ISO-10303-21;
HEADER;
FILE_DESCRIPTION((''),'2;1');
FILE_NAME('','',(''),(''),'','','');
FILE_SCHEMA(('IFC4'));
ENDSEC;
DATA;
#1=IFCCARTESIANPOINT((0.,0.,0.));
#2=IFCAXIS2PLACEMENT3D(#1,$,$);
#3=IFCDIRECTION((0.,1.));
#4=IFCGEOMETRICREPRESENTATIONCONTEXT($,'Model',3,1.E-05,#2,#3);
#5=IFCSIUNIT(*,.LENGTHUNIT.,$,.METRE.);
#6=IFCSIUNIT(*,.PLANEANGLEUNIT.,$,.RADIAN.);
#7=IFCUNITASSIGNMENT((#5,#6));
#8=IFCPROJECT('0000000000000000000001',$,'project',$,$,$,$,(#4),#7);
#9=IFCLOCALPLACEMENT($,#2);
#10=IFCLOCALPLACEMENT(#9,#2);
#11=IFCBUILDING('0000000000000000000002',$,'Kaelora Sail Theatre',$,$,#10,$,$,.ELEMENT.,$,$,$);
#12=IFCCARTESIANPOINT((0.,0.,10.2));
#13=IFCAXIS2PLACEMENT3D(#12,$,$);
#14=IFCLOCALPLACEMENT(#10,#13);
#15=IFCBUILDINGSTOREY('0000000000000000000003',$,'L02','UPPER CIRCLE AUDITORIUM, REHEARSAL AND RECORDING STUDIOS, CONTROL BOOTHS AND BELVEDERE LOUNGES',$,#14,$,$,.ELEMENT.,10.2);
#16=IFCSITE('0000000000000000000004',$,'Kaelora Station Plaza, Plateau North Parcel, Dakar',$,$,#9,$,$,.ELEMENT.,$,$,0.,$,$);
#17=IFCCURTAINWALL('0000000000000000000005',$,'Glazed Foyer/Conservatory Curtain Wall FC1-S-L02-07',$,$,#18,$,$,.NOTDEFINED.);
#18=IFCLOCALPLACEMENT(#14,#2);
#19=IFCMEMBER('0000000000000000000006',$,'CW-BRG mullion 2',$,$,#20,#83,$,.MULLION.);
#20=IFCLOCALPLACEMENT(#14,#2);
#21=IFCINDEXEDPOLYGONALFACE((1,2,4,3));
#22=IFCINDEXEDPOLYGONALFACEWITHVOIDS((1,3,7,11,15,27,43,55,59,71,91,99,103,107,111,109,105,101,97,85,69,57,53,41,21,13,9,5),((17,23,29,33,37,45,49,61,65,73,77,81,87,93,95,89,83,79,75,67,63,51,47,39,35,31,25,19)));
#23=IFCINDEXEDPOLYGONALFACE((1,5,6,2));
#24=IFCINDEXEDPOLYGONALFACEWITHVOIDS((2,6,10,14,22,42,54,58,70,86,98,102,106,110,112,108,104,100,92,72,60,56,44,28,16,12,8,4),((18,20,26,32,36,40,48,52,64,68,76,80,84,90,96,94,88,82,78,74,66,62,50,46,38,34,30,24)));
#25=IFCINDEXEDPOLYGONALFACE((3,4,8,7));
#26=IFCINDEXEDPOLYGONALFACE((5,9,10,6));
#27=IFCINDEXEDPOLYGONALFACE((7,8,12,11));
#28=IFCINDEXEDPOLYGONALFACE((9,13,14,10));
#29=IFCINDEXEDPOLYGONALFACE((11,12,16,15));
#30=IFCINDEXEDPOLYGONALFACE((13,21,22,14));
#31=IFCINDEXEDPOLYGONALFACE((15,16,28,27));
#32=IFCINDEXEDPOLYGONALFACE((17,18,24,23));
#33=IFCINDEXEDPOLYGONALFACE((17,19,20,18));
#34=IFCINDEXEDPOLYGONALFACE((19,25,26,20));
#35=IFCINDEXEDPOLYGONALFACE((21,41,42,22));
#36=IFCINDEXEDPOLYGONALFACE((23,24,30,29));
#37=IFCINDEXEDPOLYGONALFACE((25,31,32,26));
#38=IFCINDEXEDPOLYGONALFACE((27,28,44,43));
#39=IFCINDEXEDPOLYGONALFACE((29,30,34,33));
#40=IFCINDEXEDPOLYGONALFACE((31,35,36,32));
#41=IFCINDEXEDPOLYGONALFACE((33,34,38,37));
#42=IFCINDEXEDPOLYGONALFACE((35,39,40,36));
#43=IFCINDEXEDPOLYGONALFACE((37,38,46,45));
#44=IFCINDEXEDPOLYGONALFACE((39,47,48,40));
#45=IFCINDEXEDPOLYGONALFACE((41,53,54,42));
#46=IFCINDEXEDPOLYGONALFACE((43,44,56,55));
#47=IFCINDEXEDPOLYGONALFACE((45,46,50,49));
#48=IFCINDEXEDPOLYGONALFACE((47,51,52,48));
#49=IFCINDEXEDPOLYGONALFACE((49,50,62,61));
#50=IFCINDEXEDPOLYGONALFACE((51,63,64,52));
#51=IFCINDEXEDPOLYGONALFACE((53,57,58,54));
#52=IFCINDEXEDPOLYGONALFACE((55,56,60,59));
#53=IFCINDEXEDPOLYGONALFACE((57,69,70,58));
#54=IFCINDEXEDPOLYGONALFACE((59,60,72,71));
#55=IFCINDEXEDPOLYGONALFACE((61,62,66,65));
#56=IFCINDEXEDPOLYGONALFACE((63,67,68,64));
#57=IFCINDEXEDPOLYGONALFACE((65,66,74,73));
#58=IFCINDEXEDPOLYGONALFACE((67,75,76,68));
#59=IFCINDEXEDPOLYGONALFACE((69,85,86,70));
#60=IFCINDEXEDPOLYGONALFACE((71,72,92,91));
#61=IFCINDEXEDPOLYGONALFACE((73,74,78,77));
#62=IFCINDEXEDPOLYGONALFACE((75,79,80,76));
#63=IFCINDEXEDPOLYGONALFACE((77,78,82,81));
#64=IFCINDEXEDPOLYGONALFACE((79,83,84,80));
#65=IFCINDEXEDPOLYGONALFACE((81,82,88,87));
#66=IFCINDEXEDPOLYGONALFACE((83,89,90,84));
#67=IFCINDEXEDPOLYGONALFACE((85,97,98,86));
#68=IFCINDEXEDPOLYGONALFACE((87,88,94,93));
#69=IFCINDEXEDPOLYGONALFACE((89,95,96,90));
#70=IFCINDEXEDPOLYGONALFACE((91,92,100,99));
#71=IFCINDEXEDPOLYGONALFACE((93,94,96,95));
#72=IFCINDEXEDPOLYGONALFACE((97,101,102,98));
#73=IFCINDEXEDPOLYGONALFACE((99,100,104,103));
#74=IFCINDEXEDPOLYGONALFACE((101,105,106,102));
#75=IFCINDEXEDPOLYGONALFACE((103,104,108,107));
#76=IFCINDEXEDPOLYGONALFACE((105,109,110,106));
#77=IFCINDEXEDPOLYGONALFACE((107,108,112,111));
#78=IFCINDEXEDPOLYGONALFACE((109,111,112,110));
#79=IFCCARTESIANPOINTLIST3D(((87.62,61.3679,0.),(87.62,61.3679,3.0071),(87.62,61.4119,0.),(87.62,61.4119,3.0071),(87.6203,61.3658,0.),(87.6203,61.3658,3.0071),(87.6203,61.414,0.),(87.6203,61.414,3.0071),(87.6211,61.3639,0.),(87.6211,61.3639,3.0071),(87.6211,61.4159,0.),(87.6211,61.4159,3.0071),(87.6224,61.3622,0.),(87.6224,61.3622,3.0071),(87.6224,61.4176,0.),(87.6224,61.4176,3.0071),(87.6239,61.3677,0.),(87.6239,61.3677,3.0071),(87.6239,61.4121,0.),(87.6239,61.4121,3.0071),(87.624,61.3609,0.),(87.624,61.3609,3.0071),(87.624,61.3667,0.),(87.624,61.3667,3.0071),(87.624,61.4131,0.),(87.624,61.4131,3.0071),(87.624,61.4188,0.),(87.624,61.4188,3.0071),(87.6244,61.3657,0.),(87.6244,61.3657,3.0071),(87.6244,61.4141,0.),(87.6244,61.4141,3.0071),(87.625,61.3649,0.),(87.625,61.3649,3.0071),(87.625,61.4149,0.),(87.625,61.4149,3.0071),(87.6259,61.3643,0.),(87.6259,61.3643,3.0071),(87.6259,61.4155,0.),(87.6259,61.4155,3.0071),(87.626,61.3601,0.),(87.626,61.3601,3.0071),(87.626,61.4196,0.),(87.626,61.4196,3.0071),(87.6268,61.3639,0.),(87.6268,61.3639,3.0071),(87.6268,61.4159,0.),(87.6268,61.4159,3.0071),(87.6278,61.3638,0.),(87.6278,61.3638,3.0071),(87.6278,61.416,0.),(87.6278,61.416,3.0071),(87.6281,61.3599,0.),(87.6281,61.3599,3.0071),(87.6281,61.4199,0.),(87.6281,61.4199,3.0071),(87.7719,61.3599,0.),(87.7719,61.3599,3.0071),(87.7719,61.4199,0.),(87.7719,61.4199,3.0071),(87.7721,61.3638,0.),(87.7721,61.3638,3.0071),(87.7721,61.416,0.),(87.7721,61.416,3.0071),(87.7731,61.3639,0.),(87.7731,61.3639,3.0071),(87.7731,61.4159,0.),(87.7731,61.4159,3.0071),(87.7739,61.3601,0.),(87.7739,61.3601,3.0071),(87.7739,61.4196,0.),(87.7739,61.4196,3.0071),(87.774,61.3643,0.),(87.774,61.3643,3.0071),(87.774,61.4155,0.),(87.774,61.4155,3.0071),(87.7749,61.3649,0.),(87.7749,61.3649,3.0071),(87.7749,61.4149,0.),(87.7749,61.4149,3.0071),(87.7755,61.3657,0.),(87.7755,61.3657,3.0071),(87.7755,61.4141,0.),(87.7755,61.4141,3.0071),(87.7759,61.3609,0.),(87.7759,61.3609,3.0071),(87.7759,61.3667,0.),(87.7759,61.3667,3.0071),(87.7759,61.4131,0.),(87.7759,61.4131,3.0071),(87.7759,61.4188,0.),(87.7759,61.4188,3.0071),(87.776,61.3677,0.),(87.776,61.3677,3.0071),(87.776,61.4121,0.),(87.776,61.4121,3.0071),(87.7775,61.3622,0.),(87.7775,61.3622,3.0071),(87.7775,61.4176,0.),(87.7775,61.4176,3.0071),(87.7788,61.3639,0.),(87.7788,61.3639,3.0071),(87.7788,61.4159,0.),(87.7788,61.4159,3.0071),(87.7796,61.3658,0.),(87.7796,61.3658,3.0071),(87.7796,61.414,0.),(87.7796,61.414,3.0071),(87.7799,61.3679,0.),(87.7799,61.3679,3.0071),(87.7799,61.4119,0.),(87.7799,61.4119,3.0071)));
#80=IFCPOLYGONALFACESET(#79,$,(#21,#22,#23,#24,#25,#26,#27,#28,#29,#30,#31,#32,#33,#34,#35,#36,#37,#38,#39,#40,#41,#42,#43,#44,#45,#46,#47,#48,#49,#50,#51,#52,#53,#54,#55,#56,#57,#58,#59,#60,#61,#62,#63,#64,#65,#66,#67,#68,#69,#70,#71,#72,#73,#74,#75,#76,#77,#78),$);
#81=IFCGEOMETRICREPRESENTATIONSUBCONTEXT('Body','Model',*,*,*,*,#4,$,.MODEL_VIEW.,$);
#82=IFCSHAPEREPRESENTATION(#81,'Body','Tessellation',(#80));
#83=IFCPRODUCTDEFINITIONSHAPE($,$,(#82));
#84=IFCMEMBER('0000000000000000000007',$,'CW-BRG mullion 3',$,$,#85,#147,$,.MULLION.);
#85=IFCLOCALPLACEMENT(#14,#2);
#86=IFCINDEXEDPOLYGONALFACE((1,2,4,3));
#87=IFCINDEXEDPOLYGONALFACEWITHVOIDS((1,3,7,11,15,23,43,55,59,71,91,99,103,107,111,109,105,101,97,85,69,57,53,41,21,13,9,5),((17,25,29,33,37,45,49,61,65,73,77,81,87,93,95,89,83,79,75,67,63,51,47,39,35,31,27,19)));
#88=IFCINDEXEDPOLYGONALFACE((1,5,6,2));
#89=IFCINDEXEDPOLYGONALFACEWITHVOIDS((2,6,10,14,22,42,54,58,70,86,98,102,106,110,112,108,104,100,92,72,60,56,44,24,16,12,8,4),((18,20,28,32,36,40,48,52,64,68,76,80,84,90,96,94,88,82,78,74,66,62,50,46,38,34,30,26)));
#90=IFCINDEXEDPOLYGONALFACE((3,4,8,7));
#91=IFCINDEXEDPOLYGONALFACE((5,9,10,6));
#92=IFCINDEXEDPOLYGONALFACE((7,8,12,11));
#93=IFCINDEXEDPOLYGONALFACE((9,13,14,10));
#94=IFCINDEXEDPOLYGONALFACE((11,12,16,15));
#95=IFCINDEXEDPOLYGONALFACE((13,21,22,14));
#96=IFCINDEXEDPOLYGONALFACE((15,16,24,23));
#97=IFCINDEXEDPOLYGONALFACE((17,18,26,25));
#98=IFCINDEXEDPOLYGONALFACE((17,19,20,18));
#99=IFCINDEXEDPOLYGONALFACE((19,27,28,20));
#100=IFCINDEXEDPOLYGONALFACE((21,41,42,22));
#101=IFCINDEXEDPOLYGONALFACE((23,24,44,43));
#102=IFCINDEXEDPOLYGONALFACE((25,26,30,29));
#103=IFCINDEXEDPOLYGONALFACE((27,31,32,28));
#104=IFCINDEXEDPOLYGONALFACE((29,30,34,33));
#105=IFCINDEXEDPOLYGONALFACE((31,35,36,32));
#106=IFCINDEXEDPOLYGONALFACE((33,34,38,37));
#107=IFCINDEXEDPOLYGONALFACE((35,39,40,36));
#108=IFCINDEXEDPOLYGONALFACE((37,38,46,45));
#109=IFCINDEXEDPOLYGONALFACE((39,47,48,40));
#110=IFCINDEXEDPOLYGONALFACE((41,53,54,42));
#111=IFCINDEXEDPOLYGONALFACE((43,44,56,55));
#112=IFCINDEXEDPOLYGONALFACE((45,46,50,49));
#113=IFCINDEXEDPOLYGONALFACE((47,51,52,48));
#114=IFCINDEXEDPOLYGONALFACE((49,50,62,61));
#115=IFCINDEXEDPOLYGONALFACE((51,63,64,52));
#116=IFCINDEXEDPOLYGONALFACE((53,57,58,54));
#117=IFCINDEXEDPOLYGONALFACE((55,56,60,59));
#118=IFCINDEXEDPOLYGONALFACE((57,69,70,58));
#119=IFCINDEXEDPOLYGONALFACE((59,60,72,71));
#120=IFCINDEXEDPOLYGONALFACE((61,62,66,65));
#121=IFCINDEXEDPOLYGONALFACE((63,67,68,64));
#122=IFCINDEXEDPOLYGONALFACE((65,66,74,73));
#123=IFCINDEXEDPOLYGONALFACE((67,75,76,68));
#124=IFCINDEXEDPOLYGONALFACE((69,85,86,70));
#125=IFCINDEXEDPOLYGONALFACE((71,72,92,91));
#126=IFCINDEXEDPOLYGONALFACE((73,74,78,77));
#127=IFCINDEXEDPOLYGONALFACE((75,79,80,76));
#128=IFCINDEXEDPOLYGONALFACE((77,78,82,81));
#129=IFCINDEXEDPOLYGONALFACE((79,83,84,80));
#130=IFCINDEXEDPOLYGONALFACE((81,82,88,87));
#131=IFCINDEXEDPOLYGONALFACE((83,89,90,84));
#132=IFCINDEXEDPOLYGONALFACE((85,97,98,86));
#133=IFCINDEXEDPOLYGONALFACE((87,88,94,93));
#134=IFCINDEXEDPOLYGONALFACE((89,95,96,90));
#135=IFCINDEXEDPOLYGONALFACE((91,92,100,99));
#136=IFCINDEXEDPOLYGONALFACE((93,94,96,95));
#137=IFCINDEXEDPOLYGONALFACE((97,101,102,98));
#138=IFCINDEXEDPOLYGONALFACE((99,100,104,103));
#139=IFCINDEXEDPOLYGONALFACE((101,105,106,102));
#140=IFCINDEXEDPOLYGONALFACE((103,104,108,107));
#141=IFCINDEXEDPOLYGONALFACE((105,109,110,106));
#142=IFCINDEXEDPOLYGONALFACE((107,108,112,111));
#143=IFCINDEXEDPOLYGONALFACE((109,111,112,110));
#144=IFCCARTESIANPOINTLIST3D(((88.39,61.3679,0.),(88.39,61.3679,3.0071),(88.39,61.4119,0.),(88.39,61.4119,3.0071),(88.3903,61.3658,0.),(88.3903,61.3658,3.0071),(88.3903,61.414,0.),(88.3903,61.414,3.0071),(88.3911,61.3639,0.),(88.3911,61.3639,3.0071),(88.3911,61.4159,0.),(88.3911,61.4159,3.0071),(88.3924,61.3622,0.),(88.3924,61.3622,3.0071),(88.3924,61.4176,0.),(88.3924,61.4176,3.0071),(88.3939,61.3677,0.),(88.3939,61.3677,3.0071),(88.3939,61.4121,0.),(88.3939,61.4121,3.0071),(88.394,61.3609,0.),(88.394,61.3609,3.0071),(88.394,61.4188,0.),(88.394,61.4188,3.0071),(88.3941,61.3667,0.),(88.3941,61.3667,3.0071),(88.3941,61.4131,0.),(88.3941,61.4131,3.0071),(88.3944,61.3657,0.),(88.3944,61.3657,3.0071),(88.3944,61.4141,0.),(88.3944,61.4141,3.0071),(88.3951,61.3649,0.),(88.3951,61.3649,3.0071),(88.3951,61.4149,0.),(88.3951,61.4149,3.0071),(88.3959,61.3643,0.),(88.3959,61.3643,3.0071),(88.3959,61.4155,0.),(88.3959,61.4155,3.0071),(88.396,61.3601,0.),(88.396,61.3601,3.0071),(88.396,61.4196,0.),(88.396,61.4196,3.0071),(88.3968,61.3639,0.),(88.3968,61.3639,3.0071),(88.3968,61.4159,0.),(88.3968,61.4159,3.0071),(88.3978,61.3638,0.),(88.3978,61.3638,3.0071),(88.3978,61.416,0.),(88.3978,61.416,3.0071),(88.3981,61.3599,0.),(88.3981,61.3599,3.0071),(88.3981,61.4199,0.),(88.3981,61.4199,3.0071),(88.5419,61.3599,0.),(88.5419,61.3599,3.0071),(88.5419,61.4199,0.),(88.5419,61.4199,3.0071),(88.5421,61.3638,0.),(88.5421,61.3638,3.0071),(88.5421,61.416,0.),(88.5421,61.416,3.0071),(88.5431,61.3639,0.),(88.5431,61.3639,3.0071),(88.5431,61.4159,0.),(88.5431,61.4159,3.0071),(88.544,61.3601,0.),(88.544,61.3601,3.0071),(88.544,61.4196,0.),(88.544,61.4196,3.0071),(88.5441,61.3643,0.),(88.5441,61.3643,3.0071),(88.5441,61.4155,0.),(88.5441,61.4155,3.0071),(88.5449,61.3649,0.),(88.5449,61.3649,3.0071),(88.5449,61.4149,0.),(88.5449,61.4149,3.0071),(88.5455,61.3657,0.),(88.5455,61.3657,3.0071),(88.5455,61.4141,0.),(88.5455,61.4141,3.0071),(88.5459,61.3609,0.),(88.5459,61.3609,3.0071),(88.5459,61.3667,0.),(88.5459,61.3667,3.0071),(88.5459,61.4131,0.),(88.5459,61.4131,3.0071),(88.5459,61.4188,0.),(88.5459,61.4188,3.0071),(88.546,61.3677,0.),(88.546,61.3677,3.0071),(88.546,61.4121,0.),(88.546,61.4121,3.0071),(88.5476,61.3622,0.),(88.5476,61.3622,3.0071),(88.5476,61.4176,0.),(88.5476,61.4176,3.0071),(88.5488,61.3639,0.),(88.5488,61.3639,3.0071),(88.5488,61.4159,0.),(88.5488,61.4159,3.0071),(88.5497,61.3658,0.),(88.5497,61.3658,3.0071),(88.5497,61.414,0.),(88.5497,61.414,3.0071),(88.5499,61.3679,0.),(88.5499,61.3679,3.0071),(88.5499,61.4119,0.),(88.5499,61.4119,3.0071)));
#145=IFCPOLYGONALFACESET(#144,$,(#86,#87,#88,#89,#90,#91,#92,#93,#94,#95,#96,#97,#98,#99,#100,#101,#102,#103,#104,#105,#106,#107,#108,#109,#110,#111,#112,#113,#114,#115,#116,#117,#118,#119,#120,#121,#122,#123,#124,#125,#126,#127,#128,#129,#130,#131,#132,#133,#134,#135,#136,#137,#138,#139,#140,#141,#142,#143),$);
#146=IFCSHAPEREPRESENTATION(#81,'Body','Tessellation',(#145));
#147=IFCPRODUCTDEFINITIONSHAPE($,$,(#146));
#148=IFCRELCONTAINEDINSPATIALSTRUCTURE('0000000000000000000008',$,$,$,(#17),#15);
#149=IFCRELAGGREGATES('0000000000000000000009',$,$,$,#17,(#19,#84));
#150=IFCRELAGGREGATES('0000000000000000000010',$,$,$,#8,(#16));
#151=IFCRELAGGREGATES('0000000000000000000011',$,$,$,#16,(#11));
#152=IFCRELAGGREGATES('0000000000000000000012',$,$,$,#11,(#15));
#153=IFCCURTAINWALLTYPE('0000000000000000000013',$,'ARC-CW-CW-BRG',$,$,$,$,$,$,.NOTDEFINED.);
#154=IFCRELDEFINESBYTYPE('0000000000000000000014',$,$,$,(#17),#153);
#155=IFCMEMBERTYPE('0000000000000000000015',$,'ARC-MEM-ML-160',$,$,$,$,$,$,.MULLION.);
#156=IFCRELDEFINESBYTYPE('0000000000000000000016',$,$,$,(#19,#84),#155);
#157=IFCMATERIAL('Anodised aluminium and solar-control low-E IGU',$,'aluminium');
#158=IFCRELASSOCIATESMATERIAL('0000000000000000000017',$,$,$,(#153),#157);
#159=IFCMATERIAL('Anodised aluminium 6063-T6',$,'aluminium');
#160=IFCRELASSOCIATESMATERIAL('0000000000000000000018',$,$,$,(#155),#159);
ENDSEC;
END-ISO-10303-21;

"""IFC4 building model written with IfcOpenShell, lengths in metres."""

from ifc_helpers import new_model, si_unit, direction, frame, origin, origin_2d, place, context, subcontext, project, spatial, hollow_rectangle, extrude, material, material_profile, profile_set, type_object, element, aggregate, save


model = new_model("IFC4")

# Units and contexts
model_context = context("Model", 3, precision=1e-05, world=origin(), true_north=direction((0.0, 1.0)))
body_context = subcontext(model_context, "Body", "Model", "MODEL_VIEW")
ifc_project = project(units=[si_unit("LENGTHUNIT", "METRE"), si_unit("PLANEANGLEUNIT", "RADIAN")], contexts=[model_context])

# Site, building, storey
site_placement = place(None, origin())
site = spatial("IfcSite", under=ifc_project, at=site_placement, Name="Kaelora Station Plaza, Plateau North Parcel, Dakar", CompositionType="ELEMENT", RefElevation=0.0)
building_placement = place(site_placement, origin())
building = spatial("IfcBuilding", under=site, at=building_placement, Name="Kaelora Sail Theatre", CompositionType="ELEMENT")
storey_placement = place(building_placement, frame((0.0, 0.0, 10.2)))
storey = spatial("IfcBuildingStorey", under=building, at=storey_placement, Name="L02", Description="UPPER CIRCLE AUDITORIUM, REHEARSAL AND RECORDING STUDIOS, CONTROL BOOTHS AND BELVEDERE LOUNGES", CompositionType="ELEMENT", Elevation=10.2)

# Curtain wall, members
ifc_material_1 = material(Name="Anodised aluminium and solar-control low-E IGU", Category="aluminium")
curtain_wall_type = type_object("IfcCurtainWallType", Name="ARC-CW-CW-BRG", PredefinedType="NOTDEFINED", material=ifc_material_1)
curtain_wall_1_placement = place(storey_placement, origin())
curtain_wall_1 = element("IfcCurtainWall", 1, at=curtain_wall_1_placement, inside=storey, type_object=curtain_wall_type, Name="Glazed Foyer/Conservatory Curtain Wall FC1-S-L02-07", PredefinedType="NOTDEFINED")
ifc_material_2 = material(Name="Anodised aluminium 6063-T6", Category="aluminium")
ifc_material_profile_1 = material_profile(ifc_material_2, hollow_rectangle(XDim=0.0601, YDim=0.1599, WallThickness=0.0039, InnerFilletRadius=0.0039, OuterFilletRadius=0.0081, at=origin_2d()), Name="ALU-MULL 60x160x4")
ifc_profile_set_1 = profile_set([ifc_material_profile_1], Name="Anodised aluminium 6063-T6")
member_type_1 = type_object("IfcMemberType", Name="ARC-MEM-ML-160", PredefinedType="MULLION", material=ifc_profile_set_1)
member_1_placement = place(storey_placement, frame((87.7, 61.3899, 0.0), z_axis=(0.0, 0.0, 1.0), x_axis=(0.0, 1.0, 0.0)))
member_1 = element("IfcMember", 2, at=member_1_placement, type_object=member_type_1, Name="CW-BRG mullion 2", PredefinedType="MULLION", context=body_context, shape_type="SweptSolid", body=[
    extrude(hollow_rectangle(XDim=0.0601, YDim=0.1599, WallThickness=0.0039, InnerFilletRadius=0.0039, OuterFilletRadius=0.0081, at=origin_2d()), origin(), (0.0, 0.0, 1.0), 3.0071),
])
member_2_placement = place(storey_placement, frame((88.47, 61.3899, 0.0), z_axis=(0.0, 0.0, 1.0), x_axis=(0.0, 1.0, 0.0)))
member_2 = element("IfcMember", 3, at=member_2_placement, type_object=member_type_1, Name="CW-BRG mullion 3", PredefinedType="MULLION", context=body_context, shape_type="SweptSolid", body=[
    extrude(hollow_rectangle(XDim=0.0601, YDim=0.1599, WallThickness=0.0039, InnerFilletRadius=0.0039, OuterFilletRadius=0.0081, at=origin_2d()), origin(), (0.0, 0.0, 1.0), 3.0071),
])

aggregate(curtain_wall_1, [member_1, member_2])

save(model, "model.ifc")
